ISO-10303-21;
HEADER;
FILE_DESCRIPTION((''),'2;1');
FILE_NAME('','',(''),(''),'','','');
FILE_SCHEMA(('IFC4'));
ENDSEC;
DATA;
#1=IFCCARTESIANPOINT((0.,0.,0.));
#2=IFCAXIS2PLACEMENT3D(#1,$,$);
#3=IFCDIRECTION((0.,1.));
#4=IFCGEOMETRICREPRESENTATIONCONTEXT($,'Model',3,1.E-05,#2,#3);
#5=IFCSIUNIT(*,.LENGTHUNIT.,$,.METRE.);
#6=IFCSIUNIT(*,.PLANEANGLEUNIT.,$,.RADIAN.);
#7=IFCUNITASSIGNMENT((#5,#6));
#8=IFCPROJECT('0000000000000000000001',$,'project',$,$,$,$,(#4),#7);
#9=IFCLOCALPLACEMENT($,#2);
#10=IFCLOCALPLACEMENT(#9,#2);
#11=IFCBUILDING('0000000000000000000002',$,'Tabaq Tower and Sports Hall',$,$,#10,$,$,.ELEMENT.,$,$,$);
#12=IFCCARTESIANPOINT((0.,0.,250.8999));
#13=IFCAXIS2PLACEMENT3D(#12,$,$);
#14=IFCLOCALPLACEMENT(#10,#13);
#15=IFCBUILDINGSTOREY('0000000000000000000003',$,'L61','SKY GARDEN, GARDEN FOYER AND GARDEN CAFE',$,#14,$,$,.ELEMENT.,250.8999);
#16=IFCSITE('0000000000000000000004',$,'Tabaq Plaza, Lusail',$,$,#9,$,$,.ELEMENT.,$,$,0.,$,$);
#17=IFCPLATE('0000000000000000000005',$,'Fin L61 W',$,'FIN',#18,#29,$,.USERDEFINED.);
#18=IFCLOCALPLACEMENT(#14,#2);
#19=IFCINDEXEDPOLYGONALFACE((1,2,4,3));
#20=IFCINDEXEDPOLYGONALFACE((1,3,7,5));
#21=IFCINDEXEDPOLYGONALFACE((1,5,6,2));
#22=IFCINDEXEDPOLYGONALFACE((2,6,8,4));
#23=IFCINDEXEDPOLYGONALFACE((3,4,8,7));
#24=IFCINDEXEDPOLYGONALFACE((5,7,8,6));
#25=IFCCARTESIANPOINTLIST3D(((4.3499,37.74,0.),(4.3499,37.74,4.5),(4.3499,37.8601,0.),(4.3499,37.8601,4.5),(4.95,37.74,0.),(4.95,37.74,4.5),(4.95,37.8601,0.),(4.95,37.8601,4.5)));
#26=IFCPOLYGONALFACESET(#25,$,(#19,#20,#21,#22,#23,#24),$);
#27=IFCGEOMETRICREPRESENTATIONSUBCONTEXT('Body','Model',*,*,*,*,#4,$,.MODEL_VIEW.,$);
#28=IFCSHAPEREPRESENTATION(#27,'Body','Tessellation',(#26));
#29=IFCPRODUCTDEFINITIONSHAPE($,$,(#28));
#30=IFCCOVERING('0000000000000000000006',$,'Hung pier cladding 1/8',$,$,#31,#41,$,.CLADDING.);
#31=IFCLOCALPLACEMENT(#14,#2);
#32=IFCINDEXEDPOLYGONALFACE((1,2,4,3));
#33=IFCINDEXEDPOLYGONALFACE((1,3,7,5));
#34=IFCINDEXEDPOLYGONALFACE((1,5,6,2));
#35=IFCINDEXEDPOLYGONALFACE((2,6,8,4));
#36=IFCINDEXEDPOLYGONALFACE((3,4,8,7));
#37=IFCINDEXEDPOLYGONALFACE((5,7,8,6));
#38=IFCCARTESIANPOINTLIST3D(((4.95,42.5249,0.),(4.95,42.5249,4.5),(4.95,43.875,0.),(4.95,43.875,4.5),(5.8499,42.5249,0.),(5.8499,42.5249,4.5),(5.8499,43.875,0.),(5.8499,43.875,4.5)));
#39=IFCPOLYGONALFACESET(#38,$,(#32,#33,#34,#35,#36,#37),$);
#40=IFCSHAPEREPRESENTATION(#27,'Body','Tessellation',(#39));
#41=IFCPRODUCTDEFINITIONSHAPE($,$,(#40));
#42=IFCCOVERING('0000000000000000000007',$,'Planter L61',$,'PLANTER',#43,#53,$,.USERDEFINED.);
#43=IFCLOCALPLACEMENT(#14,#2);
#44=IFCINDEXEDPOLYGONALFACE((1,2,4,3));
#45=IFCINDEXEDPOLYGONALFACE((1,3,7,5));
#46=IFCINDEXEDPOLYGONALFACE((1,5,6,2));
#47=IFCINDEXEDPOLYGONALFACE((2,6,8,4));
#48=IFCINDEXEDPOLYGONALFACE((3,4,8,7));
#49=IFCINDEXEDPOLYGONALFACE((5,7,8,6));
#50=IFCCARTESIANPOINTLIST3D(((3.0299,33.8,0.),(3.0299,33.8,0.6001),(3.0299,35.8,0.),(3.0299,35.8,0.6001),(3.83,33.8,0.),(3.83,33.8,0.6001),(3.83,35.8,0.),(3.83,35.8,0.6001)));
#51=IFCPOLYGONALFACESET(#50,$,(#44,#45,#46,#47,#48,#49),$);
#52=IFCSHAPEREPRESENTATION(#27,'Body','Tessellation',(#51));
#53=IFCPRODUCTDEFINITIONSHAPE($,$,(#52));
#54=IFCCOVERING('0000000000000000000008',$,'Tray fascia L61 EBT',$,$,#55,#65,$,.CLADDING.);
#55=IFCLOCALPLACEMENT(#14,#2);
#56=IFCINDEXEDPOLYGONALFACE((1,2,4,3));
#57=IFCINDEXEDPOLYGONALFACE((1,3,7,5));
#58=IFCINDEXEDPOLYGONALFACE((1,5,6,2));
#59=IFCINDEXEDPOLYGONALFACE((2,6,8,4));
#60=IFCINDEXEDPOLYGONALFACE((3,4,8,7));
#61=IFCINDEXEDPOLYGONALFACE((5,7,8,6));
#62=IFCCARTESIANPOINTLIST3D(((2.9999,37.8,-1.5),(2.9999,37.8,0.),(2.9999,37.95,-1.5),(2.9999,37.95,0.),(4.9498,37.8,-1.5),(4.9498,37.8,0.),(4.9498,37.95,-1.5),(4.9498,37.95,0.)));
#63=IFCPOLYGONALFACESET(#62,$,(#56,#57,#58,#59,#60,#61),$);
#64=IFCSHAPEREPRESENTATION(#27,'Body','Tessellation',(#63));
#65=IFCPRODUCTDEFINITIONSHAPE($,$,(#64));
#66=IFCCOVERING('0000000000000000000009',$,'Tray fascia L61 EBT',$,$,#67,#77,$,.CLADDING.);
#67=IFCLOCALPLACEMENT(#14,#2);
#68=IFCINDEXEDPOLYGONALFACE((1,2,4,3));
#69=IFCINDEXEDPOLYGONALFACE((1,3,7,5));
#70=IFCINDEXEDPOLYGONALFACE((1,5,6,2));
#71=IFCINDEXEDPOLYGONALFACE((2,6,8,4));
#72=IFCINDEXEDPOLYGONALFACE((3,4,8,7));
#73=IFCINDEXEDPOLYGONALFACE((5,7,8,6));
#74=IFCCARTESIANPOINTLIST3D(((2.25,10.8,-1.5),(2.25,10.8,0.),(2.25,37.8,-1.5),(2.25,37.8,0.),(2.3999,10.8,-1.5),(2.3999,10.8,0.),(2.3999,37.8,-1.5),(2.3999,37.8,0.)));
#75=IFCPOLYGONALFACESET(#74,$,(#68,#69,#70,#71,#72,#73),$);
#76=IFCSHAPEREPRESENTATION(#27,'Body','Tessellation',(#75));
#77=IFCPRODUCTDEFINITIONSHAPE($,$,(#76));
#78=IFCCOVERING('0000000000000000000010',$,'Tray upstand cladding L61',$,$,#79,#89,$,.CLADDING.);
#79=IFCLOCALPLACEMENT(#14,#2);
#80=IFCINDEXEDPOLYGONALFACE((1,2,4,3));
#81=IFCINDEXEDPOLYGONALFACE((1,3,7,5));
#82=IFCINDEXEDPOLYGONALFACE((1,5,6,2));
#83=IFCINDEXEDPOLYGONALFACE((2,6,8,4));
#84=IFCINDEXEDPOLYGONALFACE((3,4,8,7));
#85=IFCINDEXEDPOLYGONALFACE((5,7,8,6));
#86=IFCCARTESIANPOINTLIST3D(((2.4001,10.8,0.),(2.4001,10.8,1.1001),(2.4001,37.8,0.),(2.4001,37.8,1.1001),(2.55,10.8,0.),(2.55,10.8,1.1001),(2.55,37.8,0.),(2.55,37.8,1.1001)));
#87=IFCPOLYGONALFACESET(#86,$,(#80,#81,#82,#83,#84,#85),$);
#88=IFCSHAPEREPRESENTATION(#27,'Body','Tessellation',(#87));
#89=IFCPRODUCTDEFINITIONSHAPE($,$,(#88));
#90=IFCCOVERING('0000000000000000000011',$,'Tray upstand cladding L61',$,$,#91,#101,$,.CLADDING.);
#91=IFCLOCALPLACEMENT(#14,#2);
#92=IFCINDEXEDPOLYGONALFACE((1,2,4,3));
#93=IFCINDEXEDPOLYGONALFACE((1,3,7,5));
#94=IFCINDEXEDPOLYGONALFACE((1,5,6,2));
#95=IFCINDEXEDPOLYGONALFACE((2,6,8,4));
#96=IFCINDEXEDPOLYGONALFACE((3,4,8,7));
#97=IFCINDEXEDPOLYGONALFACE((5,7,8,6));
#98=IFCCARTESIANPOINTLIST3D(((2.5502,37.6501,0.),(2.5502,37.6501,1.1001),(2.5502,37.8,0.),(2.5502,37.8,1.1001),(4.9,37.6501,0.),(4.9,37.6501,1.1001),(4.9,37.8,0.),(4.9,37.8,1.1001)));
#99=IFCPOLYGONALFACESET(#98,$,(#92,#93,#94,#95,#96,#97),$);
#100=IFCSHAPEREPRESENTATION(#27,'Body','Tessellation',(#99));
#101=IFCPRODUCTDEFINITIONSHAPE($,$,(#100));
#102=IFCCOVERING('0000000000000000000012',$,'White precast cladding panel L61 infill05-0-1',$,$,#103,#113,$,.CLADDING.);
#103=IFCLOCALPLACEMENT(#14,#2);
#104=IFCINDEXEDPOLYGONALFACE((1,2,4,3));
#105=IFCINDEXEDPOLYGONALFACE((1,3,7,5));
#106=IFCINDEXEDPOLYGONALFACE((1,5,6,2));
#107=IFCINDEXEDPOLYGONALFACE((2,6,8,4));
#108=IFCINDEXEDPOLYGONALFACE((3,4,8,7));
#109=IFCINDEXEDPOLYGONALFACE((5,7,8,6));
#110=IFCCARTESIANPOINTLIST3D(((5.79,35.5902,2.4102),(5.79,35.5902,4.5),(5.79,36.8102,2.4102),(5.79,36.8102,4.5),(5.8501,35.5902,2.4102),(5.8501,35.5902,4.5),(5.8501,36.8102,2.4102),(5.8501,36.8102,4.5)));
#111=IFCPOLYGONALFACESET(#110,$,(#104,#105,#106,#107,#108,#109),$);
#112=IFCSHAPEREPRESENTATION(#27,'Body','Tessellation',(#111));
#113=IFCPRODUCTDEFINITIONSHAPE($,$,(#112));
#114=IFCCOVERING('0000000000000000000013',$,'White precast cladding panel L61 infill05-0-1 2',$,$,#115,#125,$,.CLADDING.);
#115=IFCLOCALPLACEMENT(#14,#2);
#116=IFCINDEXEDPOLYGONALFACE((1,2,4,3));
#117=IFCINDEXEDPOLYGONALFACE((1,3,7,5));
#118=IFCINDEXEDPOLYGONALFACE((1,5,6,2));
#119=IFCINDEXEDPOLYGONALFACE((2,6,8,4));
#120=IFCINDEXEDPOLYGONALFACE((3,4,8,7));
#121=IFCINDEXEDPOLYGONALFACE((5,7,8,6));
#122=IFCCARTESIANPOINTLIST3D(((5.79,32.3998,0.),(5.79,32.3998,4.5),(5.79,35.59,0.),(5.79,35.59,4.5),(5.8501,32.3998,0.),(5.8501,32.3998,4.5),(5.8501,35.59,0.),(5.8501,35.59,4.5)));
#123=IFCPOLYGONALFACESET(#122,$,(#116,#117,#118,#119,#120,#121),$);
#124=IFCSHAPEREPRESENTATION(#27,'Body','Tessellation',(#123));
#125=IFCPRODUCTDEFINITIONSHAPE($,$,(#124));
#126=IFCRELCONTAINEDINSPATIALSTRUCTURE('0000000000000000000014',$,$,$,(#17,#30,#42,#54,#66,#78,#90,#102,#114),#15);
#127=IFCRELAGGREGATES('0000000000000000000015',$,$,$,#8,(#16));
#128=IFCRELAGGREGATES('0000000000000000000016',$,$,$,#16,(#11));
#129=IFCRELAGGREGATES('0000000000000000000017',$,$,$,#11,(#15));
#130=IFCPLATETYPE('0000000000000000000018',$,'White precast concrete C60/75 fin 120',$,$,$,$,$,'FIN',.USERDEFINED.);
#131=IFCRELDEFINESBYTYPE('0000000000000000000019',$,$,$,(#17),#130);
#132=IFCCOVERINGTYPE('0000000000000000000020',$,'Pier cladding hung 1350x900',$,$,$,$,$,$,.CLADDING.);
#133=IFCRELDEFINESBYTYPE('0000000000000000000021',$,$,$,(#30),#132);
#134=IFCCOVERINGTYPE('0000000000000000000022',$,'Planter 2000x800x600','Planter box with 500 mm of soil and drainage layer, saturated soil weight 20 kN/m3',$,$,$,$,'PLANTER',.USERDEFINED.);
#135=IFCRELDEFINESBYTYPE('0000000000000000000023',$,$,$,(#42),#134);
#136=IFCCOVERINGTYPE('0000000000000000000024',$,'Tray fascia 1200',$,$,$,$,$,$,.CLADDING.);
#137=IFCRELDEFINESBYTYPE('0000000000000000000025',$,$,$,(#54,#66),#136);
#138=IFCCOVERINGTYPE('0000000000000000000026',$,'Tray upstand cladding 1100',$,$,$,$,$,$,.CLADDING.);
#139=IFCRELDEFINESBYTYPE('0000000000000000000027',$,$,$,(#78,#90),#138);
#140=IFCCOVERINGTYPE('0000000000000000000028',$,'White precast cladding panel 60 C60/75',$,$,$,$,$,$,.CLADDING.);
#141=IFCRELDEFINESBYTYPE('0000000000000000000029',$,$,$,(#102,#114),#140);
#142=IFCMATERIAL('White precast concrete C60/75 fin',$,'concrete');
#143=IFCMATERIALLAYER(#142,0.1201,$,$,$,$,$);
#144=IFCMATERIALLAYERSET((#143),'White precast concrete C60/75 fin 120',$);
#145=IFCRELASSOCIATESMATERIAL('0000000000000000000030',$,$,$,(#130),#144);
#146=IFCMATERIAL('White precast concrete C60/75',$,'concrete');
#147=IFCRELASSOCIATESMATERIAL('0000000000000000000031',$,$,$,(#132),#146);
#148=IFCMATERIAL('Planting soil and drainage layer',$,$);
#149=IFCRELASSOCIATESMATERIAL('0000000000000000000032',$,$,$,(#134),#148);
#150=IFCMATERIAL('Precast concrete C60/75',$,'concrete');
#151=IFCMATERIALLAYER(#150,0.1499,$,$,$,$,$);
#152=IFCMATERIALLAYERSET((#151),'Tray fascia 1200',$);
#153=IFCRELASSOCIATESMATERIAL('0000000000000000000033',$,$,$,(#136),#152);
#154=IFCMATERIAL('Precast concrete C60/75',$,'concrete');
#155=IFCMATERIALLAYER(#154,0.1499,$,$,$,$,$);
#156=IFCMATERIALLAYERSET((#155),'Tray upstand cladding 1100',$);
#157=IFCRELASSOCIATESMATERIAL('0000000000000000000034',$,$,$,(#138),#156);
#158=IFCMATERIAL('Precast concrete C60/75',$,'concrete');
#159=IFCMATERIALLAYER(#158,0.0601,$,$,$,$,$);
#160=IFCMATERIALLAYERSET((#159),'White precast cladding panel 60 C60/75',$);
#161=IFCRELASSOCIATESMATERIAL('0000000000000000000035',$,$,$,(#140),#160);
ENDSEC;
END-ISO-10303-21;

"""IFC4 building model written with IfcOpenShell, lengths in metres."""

from ifc_helpers import new_model, si_unit, direction, frame, frame_2d, origin, origin_2d, place, context, subcontext, project, spatial, rectangle, extrude, material, layer, layer_set, type_object, element, save


model = new_model("IFC4")

# Units and contexts
model_context = context("Model", 3, precision=1e-05, world=origin(), true_north=direction((0.0, 1.0)))
body_context = subcontext(model_context, "Body", "Model", "MODEL_VIEW")
ifc_project = project(units=[si_unit("LENGTHUNIT", "METRE"), si_unit("PLANEANGLEUNIT", "RADIAN")], contexts=[model_context])

# Site, building, storey
site_placement = place(None, origin())
site = spatial("IfcSite", under=ifc_project, at=site_placement, Name="Tabaq Plaza, Lusail", CompositionType="ELEMENT", RefElevation=0.0)
building_placement = place(site_placement, origin())
building = spatial("IfcBuilding", under=site, at=building_placement, Name="Tabaq Tower and Sports Hall", CompositionType="ELEMENT")
storey_placement = place(building_placement, frame((0.0, 0.0, 250.8999)))
storey = spatial("IfcBuildingStorey", under=building, at=storey_placement, Name="L61", Description="SKY GARDEN, GARDEN FOYER AND GARDEN CAFE", CompositionType="ELEMENT", Elevation=250.8999)

# Plate
ifc_material_1 = material(Name="White precast concrete C60/75 fin", Category="concrete")
ifc_layer_1 = layer(ifc_material_1, 0.1201)
ifc_layer_set_1 = layer_set([ifc_layer_1], Name="White precast concrete C60/75 fin 120")
plate_type_1 = type_object("IfcPlateType", Name="White precast concrete C60/75 fin 120", ElementType="FIN", PredefinedType="USERDEFINED", material=ifc_layer_set_1)
plate_1_placement = place(storey_placement, frame((4.6499, 37.8, 0.0), z_axis=(0.0, 0.0, 1.0), x_axis=(0.0, -1.0, 0.0)))
element("IfcPlate", 1, at=plate_1_placement, inside=storey, type_object=plate_type_1, Name="Fin L61 W", ObjectType="FIN", PredefinedType="USERDEFINED", context=body_context, shape_type="SweptSolid", body=[
    extrude(rectangle(XDim=0.1201, YDim=0.6001, at=origin_2d()), origin(), (0.0, 0.0, 1.0), 4.5),
])

# Coverings
ifc_material_2 = material(Name="White precast concrete C60/75", Category="concrete")
covering_type_1 = type_object("IfcCoveringType", Name="Pier cladding hung 1350x900", PredefinedType="CLADDING", material=ifc_material_2)
covering_1_placement = place(storey_placement, frame((5.3999, 43.875, 0.0), z_axis=(0.0, 0.0, 1.0), x_axis=(0.0, -1.0, 0.0)))
element("IfcCovering", 2, at=covering_1_placement, inside=storey, type_object=covering_type_1, Name="Hung pier cladding 1/8", PredefinedType="CLADDING", context=body_context, shape_type="SweptSolid", body=[
    extrude(rectangle(XDim=1.3501, YDim=0.8999, at=frame_2d((0.675, 0.0))), origin(), (0.0, 0.0, 1.0), 4.5),
])
ifc_material_3 = material(Name="Planting soil and drainage layer")
covering_type_2 = type_object("IfcCoveringType", Name="Planter 2000x800x600", Description="Planter box with 500 mm of soil and drainage layer, saturated soil weight 20 kN/m3", ElementType="PLANTER", PredefinedType="USERDEFINED", material=ifc_material_3)
covering_2_placement = place(storey_placement, frame((3.4299, 34.8, 0.0), z_axis=(0.0, 0.0, 1.0), x_axis=(0.0, -1.0, 0.0)))
element("IfcCovering", 3, at=covering_2_placement, inside=storey, type_object=covering_type_2, Name="Planter L61", ObjectType="PLANTER", PredefinedType="USERDEFINED", context=body_context, shape_type="SweptSolid", body=[
    extrude(rectangle(XDim=2.0, YDim=0.8, at=origin_2d()), origin(), (0.0, 0.0, 1.0), 0.6001),
])
ifc_material_4 = material(Name="Precast concrete C60/75", Category="concrete")
ifc_layer_2 = layer(ifc_material_4, 0.1499)
ifc_layer_set_2 = layer_set([ifc_layer_2], Name="Tray fascia 1200")
covering_type_3 = type_object("IfcCoveringType", Name="Tray fascia 1200", PredefinedType="CLADDING", material=ifc_layer_set_2)
covering_3_placement = place(storey_placement, frame((4.95, 37.875, -1.5), z_axis=(0.0, 0.0, 1.0), x_axis=(-1.0, 0.0, 0.0)))
element("IfcCovering", 4, at=covering_3_placement, inside=storey, type_object=covering_type_3, Name="Tray fascia L61 EBT", PredefinedType="CLADDING", context=body_context, shape_type="SweptSolid", body=[
    extrude(rectangle(XDim=1.95, YDim=0.1499, at=frame_2d((0.9751, 0.0))), origin(), (0.0, 0.0, 1.0), 1.5),
])
covering_4_placement = place(storey_placement, frame((2.325, 37.8, -1.5), z_axis=(0.0, 0.0, 1.0), x_axis=(0.0, -1.0, 0.0)))
element("IfcCovering", 5, at=covering_4_placement, inside=storey, type_object=covering_type_3, Name="Tray fascia L61 EBT", PredefinedType="CLADDING", context=body_context, shape_type="SweptSolid", body=[
    extrude(rectangle(XDim=27.0, YDim=0.1499, at=frame_2d((13.5, 0.0))), origin(), (0.0, 0.0, 1.0), 1.5),
])
ifc_material_5 = material(Name="Precast concrete C60/75", Category="concrete")
ifc_layer_3 = layer(ifc_material_5, 0.1499)
ifc_layer_set_3 = layer_set([ifc_layer_3], Name="Tray upstand cladding 1100")
covering_type_4 = type_object("IfcCoveringType", Name="Tray upstand cladding 1100", PredefinedType="CLADDING", material=ifc_layer_set_3)
covering_5_placement = place(storey_placement, frame((2.4751, 37.8, 0.0), z_axis=(0.0, 0.0, 1.0), x_axis=(0.0, -1.0, 0.0)))
element("IfcCovering", 6, at=covering_5_placement, inside=storey, type_object=covering_type_4, Name="Tray upstand cladding L61", PredefinedType="CLADDING", context=body_context, shape_type="SweptSolid", body=[
    extrude(rectangle(XDim=27.0, YDim=0.1499, at=frame_2d((13.5, 0.0))), origin(), (0.0, 0.0, 1.0), 1.1001),
])
covering_6_placement = place(storey_placement, frame((4.8999, 37.7251, 0.0), z_axis=(0.0, 0.0, 1.0), x_axis=(-1.0, 0.0, 0.0)))
element("IfcCovering", 7, at=covering_6_placement, inside=storey, type_object=covering_type_4, Name="Tray upstand cladding L61", PredefinedType="CLADDING", context=body_context, shape_type="SweptSolid", body=[
    extrude(rectangle(XDim=2.3499, YDim=0.1499, at=frame_2d((1.1748, 0.0))), origin(), (0.0, 0.0, 1.0), 1.1001),
])
ifc_material_6 = material(Name="Precast concrete C60/75", Category="concrete")
ifc_layer_4 = layer(ifc_material_6, 0.0601)
ifc_layer_set_4 = layer_set([ifc_layer_4], Name="White precast cladding panel 60 C60/75")
covering_type_5 = type_object("IfcCoveringType", Name="White precast cladding panel 60 C60/75", PredefinedType="CLADDING", material=ifc_layer_set_4)
covering_7_placement = place(storey_placement, frame((5.8201, 36.8101, 2.4102), z_axis=(0.0, 0.0, 1.0), x_axis=(0.0, -1.0, 0.0)))
element("IfcCovering", 8, at=covering_7_placement, inside=storey, type_object=covering_type_5, Name="White precast cladding panel L61 infill05-0-1", PredefinedType="CLADDING", context=body_context, shape_type="SweptSolid", body=[
    extrude(rectangle(XDim=1.22, YDim=0.0601, at=frame_2d((0.6099, 0.0))), origin(), (0.0, 0.0, 1.0), 2.0898),
])
covering_8_placement = place(storey_placement, frame((5.8201, 35.5901, 0.0), z_axis=(0.0, 0.0, 1.0), x_axis=(0.0, -1.0, 0.0)))
element("IfcCovering", 9, at=covering_8_placement, inside=storey, type_object=covering_type_5, Name="White precast cladding panel L61 infill05-0-1 2", PredefinedType="CLADDING", context=body_context, shape_type="SweptSolid", body=[
    extrude(rectangle(XDim=3.1902, YDim=0.0601, at=frame_2d((1.5952, 0.0))), origin(), (0.0, 0.0, 1.0), 4.5),
])

save(model, "model.ifc")
